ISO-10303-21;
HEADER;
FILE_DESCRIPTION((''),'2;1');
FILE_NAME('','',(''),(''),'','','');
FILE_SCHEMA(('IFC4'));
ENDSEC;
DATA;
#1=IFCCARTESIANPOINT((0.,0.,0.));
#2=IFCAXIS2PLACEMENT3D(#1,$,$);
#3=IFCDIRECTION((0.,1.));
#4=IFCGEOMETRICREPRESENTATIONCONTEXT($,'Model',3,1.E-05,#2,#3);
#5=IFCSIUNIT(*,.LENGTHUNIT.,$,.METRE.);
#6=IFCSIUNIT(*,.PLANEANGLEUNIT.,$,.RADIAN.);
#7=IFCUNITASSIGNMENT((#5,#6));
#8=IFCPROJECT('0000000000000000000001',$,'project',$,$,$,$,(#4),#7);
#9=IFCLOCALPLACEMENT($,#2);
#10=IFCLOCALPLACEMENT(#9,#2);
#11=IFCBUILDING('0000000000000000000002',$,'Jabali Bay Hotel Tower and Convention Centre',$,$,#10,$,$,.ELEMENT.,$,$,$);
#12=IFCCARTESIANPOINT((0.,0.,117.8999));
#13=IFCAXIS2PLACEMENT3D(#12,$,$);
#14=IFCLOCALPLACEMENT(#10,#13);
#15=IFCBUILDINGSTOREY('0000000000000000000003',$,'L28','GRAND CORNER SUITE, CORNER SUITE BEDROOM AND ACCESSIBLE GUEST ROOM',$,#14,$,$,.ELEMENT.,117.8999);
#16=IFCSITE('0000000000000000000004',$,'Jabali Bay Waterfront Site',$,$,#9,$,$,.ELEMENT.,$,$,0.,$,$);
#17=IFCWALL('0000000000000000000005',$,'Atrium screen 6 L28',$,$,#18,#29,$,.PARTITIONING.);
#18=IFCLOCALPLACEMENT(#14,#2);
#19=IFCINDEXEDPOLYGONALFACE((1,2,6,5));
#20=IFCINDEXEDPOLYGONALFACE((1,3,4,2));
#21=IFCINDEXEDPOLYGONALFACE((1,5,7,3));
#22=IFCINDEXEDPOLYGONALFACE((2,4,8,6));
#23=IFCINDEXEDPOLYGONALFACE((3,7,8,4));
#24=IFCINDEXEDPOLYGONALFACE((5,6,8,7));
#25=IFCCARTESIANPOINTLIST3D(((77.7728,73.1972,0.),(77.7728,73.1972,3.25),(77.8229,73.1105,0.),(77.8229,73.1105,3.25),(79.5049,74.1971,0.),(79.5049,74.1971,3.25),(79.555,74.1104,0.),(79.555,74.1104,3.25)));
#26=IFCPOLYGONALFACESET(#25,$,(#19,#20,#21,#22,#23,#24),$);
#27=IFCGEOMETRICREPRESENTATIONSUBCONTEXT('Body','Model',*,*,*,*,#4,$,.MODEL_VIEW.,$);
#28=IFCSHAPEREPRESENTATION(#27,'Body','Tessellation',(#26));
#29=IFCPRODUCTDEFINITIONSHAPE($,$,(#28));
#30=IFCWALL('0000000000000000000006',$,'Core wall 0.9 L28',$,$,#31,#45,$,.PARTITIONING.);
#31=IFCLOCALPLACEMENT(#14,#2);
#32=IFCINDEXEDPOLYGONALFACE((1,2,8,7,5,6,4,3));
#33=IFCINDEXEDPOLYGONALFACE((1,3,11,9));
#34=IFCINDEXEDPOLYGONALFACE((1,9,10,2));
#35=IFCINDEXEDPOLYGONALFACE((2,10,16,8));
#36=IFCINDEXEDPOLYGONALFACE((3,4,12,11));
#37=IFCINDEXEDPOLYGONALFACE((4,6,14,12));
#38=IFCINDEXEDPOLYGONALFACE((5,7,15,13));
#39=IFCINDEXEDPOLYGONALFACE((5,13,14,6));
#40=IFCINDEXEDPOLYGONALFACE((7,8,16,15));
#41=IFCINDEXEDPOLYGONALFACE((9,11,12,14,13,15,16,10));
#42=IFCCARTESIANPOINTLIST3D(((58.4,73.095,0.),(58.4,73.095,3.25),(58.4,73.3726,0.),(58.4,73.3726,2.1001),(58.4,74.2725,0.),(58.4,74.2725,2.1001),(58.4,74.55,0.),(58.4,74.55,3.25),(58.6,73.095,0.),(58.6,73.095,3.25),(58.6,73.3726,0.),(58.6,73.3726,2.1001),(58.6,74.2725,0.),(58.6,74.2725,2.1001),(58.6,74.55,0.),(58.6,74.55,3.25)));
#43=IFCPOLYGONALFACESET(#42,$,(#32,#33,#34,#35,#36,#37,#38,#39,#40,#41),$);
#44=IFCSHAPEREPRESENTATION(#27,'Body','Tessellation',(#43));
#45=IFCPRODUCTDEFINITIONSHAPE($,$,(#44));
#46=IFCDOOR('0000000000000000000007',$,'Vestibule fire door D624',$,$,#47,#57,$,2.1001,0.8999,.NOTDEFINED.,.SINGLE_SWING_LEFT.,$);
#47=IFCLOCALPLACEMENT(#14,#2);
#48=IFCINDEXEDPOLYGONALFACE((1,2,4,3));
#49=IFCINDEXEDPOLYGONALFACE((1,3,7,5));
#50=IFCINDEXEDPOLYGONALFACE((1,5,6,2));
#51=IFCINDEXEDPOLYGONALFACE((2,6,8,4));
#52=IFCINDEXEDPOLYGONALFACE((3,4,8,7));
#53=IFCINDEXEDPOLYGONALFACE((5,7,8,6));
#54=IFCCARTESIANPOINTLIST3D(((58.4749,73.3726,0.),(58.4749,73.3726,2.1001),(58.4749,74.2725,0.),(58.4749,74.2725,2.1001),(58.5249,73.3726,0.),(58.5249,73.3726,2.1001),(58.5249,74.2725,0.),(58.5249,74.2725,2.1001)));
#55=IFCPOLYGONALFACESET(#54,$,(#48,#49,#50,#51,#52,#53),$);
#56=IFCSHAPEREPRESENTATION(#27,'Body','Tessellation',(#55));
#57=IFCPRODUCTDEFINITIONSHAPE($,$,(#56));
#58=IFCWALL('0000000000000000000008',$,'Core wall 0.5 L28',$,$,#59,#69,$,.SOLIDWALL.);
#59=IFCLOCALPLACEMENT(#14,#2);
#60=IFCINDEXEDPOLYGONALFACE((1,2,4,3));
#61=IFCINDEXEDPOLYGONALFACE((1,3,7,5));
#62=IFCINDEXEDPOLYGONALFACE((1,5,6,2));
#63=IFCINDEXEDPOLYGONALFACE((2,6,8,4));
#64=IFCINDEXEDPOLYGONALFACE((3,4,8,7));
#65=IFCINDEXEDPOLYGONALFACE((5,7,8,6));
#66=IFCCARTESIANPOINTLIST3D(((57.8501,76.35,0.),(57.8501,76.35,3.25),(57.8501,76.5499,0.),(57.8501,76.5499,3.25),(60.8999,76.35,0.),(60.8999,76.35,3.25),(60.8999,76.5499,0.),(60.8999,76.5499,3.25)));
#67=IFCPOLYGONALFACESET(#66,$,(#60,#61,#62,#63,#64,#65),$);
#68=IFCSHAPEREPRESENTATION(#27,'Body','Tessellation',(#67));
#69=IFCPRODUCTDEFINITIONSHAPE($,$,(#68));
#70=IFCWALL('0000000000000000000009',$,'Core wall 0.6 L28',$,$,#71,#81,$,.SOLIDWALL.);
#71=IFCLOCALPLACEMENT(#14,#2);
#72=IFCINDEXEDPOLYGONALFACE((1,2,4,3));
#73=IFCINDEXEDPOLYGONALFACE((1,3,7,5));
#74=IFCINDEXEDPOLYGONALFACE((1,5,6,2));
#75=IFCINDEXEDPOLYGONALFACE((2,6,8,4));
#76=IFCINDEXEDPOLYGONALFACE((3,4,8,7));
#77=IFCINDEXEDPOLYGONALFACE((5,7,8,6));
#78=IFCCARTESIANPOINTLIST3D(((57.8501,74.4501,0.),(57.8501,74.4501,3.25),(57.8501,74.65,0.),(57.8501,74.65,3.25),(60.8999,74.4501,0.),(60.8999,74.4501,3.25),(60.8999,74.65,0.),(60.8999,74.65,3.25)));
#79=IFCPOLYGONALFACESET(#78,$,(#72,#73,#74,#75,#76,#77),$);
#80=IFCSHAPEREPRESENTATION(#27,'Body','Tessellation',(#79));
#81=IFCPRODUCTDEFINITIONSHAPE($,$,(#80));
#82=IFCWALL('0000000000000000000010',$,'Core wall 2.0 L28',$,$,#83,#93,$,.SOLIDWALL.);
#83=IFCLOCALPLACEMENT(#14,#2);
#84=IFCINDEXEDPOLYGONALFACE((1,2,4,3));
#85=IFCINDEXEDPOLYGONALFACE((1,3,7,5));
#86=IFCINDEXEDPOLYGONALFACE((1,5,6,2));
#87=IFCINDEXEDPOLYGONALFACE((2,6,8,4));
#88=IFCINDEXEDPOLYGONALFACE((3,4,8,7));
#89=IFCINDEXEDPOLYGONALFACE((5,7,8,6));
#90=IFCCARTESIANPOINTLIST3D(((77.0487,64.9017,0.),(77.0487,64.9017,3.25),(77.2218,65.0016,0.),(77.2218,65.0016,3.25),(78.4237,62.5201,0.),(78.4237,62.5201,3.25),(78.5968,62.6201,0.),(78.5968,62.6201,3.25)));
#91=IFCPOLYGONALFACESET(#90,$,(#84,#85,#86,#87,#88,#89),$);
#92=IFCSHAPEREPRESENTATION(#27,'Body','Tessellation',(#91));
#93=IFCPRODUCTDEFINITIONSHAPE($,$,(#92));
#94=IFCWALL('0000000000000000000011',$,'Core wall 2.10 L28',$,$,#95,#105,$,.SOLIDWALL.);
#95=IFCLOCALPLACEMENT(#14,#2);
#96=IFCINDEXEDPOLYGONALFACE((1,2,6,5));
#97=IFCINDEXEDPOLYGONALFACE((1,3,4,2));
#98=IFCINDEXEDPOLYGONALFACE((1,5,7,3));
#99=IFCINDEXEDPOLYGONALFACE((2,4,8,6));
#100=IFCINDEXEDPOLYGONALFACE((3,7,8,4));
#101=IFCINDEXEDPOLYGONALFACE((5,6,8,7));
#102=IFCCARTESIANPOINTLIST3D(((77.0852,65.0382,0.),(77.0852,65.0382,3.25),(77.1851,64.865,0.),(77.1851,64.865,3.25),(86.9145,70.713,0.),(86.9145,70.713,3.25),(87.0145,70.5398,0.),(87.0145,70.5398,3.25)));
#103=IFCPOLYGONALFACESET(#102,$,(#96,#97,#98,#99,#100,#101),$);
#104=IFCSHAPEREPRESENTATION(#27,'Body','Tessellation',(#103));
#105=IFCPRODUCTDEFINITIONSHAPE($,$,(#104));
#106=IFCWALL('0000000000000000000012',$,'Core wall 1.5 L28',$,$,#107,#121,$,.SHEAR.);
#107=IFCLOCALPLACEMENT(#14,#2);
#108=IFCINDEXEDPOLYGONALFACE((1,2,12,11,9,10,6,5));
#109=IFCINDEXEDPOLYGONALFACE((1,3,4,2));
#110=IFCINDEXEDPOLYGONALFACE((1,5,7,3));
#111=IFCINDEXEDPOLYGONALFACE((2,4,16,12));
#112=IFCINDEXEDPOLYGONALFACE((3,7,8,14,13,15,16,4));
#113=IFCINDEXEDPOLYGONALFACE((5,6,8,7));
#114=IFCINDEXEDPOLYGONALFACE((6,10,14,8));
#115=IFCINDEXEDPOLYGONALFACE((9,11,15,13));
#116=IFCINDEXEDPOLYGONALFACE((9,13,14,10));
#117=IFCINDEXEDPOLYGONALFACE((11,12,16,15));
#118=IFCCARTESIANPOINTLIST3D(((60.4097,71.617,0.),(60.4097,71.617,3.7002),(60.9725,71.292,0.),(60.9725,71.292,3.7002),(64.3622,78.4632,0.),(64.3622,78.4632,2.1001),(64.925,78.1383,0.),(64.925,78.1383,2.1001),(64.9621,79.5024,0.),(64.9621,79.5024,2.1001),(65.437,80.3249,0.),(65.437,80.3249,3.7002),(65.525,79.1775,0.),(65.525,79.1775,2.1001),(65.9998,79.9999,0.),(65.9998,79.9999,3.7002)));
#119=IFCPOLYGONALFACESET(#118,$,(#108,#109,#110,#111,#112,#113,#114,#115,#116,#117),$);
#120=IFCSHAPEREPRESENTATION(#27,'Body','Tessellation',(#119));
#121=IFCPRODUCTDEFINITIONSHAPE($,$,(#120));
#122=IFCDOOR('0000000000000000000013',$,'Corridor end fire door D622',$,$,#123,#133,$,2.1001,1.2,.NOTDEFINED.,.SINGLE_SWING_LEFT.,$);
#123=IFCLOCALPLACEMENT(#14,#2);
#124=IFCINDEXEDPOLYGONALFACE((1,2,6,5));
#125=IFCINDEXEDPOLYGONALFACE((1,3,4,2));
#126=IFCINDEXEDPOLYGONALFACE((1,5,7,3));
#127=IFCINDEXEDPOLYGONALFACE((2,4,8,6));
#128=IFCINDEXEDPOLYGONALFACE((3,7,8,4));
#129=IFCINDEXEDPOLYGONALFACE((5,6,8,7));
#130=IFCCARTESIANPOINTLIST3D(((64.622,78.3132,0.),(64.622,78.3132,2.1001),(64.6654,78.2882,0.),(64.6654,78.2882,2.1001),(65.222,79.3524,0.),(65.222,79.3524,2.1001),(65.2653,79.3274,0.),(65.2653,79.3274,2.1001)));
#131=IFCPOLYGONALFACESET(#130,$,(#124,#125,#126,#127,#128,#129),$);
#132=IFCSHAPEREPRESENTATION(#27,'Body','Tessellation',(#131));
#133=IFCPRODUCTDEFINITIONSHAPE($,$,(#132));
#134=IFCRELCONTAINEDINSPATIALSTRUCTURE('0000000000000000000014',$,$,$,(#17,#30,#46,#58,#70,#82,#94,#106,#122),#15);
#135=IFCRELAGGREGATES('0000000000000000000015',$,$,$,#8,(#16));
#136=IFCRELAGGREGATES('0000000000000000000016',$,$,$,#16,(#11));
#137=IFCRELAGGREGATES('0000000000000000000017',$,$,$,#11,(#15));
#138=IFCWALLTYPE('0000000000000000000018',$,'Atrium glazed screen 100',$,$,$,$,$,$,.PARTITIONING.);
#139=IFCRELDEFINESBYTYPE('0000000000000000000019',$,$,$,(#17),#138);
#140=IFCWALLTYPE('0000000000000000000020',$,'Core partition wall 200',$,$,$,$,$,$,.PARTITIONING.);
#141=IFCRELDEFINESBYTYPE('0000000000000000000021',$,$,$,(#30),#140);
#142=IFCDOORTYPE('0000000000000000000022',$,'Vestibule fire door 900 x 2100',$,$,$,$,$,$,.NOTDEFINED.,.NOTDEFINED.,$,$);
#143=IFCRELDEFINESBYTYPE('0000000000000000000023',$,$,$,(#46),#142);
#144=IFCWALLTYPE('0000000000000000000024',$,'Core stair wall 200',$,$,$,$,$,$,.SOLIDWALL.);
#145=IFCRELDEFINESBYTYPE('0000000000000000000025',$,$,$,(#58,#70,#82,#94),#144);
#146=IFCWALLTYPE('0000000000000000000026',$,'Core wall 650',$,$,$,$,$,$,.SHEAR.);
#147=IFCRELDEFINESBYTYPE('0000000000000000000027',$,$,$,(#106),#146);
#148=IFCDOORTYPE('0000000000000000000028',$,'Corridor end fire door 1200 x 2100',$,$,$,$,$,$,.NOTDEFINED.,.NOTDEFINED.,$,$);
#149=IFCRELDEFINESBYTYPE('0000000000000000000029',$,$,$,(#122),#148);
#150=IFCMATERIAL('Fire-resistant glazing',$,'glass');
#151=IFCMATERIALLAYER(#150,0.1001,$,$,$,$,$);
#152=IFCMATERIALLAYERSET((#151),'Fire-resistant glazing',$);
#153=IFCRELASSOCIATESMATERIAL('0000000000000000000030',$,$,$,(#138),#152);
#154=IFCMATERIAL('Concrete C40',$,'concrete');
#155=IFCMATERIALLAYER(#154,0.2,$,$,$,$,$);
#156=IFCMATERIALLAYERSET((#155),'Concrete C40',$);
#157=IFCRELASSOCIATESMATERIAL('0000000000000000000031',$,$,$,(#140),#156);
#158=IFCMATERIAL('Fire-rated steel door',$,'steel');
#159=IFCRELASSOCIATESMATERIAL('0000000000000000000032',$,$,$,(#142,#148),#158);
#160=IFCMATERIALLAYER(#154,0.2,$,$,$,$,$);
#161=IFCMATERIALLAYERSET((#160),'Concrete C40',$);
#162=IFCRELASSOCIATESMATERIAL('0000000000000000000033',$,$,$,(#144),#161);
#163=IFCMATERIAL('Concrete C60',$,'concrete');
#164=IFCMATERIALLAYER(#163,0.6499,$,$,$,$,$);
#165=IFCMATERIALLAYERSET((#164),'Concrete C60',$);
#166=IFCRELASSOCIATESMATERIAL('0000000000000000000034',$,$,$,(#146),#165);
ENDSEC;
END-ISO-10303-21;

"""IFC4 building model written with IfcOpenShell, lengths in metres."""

from ifc_helpers import new_model, si_unit, direction, frame, frame_2d, origin, place, context, subcontext, project, spatial, rectangle, extrude, material, layer, layer_set, type_object, element, fill, save


model = new_model("IFC4")

# Units and contexts
model_context = context("Model", 3, precision=1e-05, world=origin(), true_north=direction((0.0, 1.0)))
body_context = subcontext(model_context, "Body", "Model", "MODEL_VIEW")
ifc_project = project(units=[si_unit("LENGTHUNIT", "METRE"), si_unit("PLANEANGLEUNIT", "RADIAN")], contexts=[model_context])

# Site, building, storey
site_placement = place(None, origin())
site = spatial("IfcSite", under=ifc_project, at=site_placement, Name="Jabali Bay Waterfront Site", CompositionType="ELEMENT", RefElevation=0.0)
building_placement = place(site_placement, origin())
building = spatial("IfcBuilding", under=site, at=building_placement, Name="Jabali Bay Hotel Tower and Convention Centre", CompositionType="ELEMENT")
storey_placement = place(building_placement, frame((0.0, 0.0, 117.8999)))
storey = spatial("IfcBuildingStorey", under=building, at=storey_placement, Name="L28", Description="GRAND CORNER SUITE, CORNER SUITE BEDROOM AND ACCESSIBLE GUEST ROOM", CompositionType="ELEMENT", Elevation=117.8999)

# Wall
ifc_material_1 = material(Name="Fire-resistant glazing", Category="glass")
ifc_layer_1 = layer(ifc_material_1, 0.1001)
ifc_layer_set_1 = layer_set([ifc_layer_1], Name="Fire-resistant glazing")
wall_type_1 = type_object("IfcWallType", Name="Atrium glazed screen 100", PredefinedType="PARTITIONING", material=ifc_layer_set_1)
wall_1_placement = place(storey_placement, frame((77.7979, 73.1538, 0.0), z_axis=(0.0, 0.0, 1.0), x_axis=(0.866041, 0.499973, 0.0)))
element("IfcWall", 1, at=wall_1_placement, inside=storey, type_object=wall_type_1, Name="Atrium screen 6 L28", PredefinedType="PARTITIONING", context=body_context, shape_type="SweptSolid", body=[
    extrude(rectangle(XDim=2.0, YDim=0.1001, at=frame_2d((1.0, 0.0))), origin(), (0.0, 0.0, 1.0), 3.25),
])

# Wall, opening, door
ifc_material_2 = material(Name="Concrete C40", Category="concrete")
ifc_layer_2 = layer(ifc_material_2, 0.2)
ifc_layer_set_2 = layer_set([ifc_layer_2], Name="Concrete C40")
wall_type_2 = type_object("IfcWallType", Name="Core partition wall 200", PredefinedType="PARTITIONING", material=ifc_layer_set_2)
wall_2_placement = place(storey_placement, frame((58.5, 74.55, 0.0), z_axis=(0.0, 0.0, 1.0), x_axis=(0.0, -1.0, 0.0)))
wall_2 = element("IfcWall", 2, at=wall_2_placement, inside=storey, type_object=wall_type_2, Name="Core wall 0.9 L28", PredefinedType="PARTITIONING", context=body_context, shape_type="SweptSolid", body=[
    extrude(rectangle(XDim=1.4551, YDim=0.2, at=frame_2d((0.7275, 0.0))), origin(), (0.0, 0.0, 1.0), 3.25),
])
opening_1_placement = place(wall_2_placement, frame((0.2776, 0.0, 0.0)))
opening_1 = element("IfcOpeningElement", 3, at=opening_1_placement, cuts=wall_2, PredefinedType="OPENING", context=body_context, shape_type="SweptSolid", body=[
    extrude(rectangle(XDim=0.8999, YDim=2.1001, at=frame_2d((0.45, 1.05))), frame((0.0, 0.1104, 0.0), z_axis=(0.0, -1.0, 0.0), x_axis=(1.0, 0.0, 0.0)), (0.0, 0.0, 1.0), 0.2209),
])
ifc_material_3 = material(Name="Fire-rated steel door", Category="steel")
door_type_1 = type_object("IfcDoorType", Name="Vestibule fire door 900 x 2100", OperationType="NOTDEFINED", PredefinedType="NOTDEFINED", material=ifc_material_3)
door_1_placement = place(opening_1_placement, origin())
door_1 = element("IfcDoor", 4, at=door_1_placement, inside=storey, type_object=door_type_1, Name="Vestibule fire door D624", OperationType="SINGLE_SWING_LEFT", OverallHeight=2.1001, OverallWidth=0.8999, PredefinedType="NOTDEFINED", context=body_context, shape_type="SweptSolid", body=[
    extrude(rectangle(XDim=0.8999, YDim=2.1001, at=frame_2d((0.45, 1.05))), frame((0.0, 0.0249, 0.0), z_axis=(0.0, -1.0, 0.0), x_axis=(1.0, 0.0, 0.0)), (0.0, 0.0, 1.0), 0.05),
])
fill(opening_1, door_1)

# Walls
ifc_layer_3 = layer(ifc_material_2, 0.2)
ifc_layer_set_3 = layer_set([ifc_layer_3], Name="Concrete C40")
wall_type_3 = type_object("IfcWallType", Name="Core stair wall 200", PredefinedType="SOLIDWALL", material=ifc_layer_set_3)
for number, where, z_axis, x_axis, name in (
    (5, (60.8999, 76.45, 0.0), (0.0, 0.0, 1.0), (-1.0, 0.0, 0.0), "Core wall 0.5 L28"),
    (6, (60.8999, 74.55, 0.0), (0.0, 0.0, 1.0), (-1.0, 0.0, 0.0), "Core wall 0.6 L28"),
):
    element("IfcWall", number, at=place(storey_placement, frame(where, z_axis=z_axis, x_axis=x_axis)), inside=storey, type_object=wall_type_3, Name=name, PredefinedType="SOLIDWALL", context=body_context, shape_type="SweptSolid", body=[
        extrude(rectangle(XDim=3.0498, YDim=0.2, at=frame_2d((1.5249, 0.0))), origin(), (0.0, 0.0, 1.0), 3.25),
    ])
wall_3_placement = place(storey_placement, frame((77.1353, 64.9517, 0.0), z_axis=(0.0, 0.0, 1.0), x_axis=(0.499997, -0.866027, 0.0)))
element("IfcWall", 7, at=wall_3_placement, inside=storey, type_object=wall_type_3, Name="Core wall 2.0 L28", PredefinedType="SOLIDWALL", context=body_context, shape_type="SweptSolid", body=[
    extrude(rectangle(XDim=2.75, YDim=0.2, at=frame_2d((1.375, 0.0))), origin(), (0.0, 0.0, 1.0), 3.25),
])
wall_4_placement = place(storey_placement, frame((77.1353, 64.9517, 0.0), z_axis=(0.0, 0.0, 1.0), x_axis=(0.866032, 0.499989, 0.0)))
element("IfcWall", 8, at=wall_4_placement, inside=storey, type_object=wall_type_3, Name="Core wall 2.10 L28", PredefinedType="SOLIDWALL", context=body_context, shape_type="SweptSolid", body=[
    extrude(rectangle(XDim=11.3499, YDim=0.2, at=frame_2d((5.6748, 0.0))), origin(), (0.0, 0.0, 1.0), 3.25),
])

# Wall, opening, door
ifc_material_4 = material(Name="Concrete C60", Category="concrete")
ifc_layer_4 = layer(ifc_material_4, 0.6499)
ifc_layer_set_4 = layer_set([ifc_layer_4], Name="Concrete C60")
wall_type_4 = type_object("IfcWallType", Name="Core wall 650", PredefinedType="SHEAR", material=ifc_layer_set_4)
wall_5_placement = place(storey_placement, frame((60.6912, 71.4546, 0.0), z_axis=(0.0, 0.0, 1.0), x_axis=(0.499983, 0.866035, 0.0)))
wall_5 = element("IfcWall", 9, at=wall_5_placement, inside=storey, type_object=wall_type_4, Name="Core wall 1.5 L28", PredefinedType="SHEAR", context=body_context, shape_type="SweptSolid", body=[
    extrude(rectangle(XDim=10.0549, YDim=0.6499, at=frame_2d((5.0273, 0.0))), origin(), (0.0, 0.0, 1.0), 3.7002),
])
opening_2_placement = place(wall_5_placement, frame((7.905, 0.0, 0.0)))
opening_2 = element("IfcOpeningElement", 10, at=opening_2_placement, cuts=wall_5, PredefinedType="OPENING", context=body_context, shape_type="SweptSolid", body=[
    extrude(rectangle(XDim=1.2, YDim=2.1001, at=frame_2d((0.6001, 1.05))), frame((0.0, 0.3354, 0.0), z_axis=(0.0, -1.0, 0.0), x_axis=(1.0, 0.0, 0.0)), (0.0, 0.0, 1.0), 0.6709),
])
door_type_2 = type_object("IfcDoorType", Name="Corridor end fire door 1200 x 2100", OperationType="NOTDEFINED", PredefinedType="NOTDEFINED", material=ifc_material_3)
door_2_placement = place(opening_2_placement, origin())
door_2 = element("IfcDoor", 11, at=door_2_placement, inside=storey, type_object=door_type_2, Name="Corridor end fire door D622", OperationType="SINGLE_SWING_LEFT", OverallHeight=2.1001, OverallWidth=1.2, PredefinedType="NOTDEFINED", context=body_context, shape_type="SweptSolid", body=[
    extrude(rectangle(XDim=1.2, YDim=2.1001, at=frame_2d((0.6001, 1.05))), frame((0.0, 0.0249, 0.0), z_axis=(0.0, -1.0, 0.0), x_axis=(1.0, 0.0, 0.0)), (0.0, 0.0, 1.0), 0.05),
])
fill(opening_2, door_2)

save(model, "model.ifc")
